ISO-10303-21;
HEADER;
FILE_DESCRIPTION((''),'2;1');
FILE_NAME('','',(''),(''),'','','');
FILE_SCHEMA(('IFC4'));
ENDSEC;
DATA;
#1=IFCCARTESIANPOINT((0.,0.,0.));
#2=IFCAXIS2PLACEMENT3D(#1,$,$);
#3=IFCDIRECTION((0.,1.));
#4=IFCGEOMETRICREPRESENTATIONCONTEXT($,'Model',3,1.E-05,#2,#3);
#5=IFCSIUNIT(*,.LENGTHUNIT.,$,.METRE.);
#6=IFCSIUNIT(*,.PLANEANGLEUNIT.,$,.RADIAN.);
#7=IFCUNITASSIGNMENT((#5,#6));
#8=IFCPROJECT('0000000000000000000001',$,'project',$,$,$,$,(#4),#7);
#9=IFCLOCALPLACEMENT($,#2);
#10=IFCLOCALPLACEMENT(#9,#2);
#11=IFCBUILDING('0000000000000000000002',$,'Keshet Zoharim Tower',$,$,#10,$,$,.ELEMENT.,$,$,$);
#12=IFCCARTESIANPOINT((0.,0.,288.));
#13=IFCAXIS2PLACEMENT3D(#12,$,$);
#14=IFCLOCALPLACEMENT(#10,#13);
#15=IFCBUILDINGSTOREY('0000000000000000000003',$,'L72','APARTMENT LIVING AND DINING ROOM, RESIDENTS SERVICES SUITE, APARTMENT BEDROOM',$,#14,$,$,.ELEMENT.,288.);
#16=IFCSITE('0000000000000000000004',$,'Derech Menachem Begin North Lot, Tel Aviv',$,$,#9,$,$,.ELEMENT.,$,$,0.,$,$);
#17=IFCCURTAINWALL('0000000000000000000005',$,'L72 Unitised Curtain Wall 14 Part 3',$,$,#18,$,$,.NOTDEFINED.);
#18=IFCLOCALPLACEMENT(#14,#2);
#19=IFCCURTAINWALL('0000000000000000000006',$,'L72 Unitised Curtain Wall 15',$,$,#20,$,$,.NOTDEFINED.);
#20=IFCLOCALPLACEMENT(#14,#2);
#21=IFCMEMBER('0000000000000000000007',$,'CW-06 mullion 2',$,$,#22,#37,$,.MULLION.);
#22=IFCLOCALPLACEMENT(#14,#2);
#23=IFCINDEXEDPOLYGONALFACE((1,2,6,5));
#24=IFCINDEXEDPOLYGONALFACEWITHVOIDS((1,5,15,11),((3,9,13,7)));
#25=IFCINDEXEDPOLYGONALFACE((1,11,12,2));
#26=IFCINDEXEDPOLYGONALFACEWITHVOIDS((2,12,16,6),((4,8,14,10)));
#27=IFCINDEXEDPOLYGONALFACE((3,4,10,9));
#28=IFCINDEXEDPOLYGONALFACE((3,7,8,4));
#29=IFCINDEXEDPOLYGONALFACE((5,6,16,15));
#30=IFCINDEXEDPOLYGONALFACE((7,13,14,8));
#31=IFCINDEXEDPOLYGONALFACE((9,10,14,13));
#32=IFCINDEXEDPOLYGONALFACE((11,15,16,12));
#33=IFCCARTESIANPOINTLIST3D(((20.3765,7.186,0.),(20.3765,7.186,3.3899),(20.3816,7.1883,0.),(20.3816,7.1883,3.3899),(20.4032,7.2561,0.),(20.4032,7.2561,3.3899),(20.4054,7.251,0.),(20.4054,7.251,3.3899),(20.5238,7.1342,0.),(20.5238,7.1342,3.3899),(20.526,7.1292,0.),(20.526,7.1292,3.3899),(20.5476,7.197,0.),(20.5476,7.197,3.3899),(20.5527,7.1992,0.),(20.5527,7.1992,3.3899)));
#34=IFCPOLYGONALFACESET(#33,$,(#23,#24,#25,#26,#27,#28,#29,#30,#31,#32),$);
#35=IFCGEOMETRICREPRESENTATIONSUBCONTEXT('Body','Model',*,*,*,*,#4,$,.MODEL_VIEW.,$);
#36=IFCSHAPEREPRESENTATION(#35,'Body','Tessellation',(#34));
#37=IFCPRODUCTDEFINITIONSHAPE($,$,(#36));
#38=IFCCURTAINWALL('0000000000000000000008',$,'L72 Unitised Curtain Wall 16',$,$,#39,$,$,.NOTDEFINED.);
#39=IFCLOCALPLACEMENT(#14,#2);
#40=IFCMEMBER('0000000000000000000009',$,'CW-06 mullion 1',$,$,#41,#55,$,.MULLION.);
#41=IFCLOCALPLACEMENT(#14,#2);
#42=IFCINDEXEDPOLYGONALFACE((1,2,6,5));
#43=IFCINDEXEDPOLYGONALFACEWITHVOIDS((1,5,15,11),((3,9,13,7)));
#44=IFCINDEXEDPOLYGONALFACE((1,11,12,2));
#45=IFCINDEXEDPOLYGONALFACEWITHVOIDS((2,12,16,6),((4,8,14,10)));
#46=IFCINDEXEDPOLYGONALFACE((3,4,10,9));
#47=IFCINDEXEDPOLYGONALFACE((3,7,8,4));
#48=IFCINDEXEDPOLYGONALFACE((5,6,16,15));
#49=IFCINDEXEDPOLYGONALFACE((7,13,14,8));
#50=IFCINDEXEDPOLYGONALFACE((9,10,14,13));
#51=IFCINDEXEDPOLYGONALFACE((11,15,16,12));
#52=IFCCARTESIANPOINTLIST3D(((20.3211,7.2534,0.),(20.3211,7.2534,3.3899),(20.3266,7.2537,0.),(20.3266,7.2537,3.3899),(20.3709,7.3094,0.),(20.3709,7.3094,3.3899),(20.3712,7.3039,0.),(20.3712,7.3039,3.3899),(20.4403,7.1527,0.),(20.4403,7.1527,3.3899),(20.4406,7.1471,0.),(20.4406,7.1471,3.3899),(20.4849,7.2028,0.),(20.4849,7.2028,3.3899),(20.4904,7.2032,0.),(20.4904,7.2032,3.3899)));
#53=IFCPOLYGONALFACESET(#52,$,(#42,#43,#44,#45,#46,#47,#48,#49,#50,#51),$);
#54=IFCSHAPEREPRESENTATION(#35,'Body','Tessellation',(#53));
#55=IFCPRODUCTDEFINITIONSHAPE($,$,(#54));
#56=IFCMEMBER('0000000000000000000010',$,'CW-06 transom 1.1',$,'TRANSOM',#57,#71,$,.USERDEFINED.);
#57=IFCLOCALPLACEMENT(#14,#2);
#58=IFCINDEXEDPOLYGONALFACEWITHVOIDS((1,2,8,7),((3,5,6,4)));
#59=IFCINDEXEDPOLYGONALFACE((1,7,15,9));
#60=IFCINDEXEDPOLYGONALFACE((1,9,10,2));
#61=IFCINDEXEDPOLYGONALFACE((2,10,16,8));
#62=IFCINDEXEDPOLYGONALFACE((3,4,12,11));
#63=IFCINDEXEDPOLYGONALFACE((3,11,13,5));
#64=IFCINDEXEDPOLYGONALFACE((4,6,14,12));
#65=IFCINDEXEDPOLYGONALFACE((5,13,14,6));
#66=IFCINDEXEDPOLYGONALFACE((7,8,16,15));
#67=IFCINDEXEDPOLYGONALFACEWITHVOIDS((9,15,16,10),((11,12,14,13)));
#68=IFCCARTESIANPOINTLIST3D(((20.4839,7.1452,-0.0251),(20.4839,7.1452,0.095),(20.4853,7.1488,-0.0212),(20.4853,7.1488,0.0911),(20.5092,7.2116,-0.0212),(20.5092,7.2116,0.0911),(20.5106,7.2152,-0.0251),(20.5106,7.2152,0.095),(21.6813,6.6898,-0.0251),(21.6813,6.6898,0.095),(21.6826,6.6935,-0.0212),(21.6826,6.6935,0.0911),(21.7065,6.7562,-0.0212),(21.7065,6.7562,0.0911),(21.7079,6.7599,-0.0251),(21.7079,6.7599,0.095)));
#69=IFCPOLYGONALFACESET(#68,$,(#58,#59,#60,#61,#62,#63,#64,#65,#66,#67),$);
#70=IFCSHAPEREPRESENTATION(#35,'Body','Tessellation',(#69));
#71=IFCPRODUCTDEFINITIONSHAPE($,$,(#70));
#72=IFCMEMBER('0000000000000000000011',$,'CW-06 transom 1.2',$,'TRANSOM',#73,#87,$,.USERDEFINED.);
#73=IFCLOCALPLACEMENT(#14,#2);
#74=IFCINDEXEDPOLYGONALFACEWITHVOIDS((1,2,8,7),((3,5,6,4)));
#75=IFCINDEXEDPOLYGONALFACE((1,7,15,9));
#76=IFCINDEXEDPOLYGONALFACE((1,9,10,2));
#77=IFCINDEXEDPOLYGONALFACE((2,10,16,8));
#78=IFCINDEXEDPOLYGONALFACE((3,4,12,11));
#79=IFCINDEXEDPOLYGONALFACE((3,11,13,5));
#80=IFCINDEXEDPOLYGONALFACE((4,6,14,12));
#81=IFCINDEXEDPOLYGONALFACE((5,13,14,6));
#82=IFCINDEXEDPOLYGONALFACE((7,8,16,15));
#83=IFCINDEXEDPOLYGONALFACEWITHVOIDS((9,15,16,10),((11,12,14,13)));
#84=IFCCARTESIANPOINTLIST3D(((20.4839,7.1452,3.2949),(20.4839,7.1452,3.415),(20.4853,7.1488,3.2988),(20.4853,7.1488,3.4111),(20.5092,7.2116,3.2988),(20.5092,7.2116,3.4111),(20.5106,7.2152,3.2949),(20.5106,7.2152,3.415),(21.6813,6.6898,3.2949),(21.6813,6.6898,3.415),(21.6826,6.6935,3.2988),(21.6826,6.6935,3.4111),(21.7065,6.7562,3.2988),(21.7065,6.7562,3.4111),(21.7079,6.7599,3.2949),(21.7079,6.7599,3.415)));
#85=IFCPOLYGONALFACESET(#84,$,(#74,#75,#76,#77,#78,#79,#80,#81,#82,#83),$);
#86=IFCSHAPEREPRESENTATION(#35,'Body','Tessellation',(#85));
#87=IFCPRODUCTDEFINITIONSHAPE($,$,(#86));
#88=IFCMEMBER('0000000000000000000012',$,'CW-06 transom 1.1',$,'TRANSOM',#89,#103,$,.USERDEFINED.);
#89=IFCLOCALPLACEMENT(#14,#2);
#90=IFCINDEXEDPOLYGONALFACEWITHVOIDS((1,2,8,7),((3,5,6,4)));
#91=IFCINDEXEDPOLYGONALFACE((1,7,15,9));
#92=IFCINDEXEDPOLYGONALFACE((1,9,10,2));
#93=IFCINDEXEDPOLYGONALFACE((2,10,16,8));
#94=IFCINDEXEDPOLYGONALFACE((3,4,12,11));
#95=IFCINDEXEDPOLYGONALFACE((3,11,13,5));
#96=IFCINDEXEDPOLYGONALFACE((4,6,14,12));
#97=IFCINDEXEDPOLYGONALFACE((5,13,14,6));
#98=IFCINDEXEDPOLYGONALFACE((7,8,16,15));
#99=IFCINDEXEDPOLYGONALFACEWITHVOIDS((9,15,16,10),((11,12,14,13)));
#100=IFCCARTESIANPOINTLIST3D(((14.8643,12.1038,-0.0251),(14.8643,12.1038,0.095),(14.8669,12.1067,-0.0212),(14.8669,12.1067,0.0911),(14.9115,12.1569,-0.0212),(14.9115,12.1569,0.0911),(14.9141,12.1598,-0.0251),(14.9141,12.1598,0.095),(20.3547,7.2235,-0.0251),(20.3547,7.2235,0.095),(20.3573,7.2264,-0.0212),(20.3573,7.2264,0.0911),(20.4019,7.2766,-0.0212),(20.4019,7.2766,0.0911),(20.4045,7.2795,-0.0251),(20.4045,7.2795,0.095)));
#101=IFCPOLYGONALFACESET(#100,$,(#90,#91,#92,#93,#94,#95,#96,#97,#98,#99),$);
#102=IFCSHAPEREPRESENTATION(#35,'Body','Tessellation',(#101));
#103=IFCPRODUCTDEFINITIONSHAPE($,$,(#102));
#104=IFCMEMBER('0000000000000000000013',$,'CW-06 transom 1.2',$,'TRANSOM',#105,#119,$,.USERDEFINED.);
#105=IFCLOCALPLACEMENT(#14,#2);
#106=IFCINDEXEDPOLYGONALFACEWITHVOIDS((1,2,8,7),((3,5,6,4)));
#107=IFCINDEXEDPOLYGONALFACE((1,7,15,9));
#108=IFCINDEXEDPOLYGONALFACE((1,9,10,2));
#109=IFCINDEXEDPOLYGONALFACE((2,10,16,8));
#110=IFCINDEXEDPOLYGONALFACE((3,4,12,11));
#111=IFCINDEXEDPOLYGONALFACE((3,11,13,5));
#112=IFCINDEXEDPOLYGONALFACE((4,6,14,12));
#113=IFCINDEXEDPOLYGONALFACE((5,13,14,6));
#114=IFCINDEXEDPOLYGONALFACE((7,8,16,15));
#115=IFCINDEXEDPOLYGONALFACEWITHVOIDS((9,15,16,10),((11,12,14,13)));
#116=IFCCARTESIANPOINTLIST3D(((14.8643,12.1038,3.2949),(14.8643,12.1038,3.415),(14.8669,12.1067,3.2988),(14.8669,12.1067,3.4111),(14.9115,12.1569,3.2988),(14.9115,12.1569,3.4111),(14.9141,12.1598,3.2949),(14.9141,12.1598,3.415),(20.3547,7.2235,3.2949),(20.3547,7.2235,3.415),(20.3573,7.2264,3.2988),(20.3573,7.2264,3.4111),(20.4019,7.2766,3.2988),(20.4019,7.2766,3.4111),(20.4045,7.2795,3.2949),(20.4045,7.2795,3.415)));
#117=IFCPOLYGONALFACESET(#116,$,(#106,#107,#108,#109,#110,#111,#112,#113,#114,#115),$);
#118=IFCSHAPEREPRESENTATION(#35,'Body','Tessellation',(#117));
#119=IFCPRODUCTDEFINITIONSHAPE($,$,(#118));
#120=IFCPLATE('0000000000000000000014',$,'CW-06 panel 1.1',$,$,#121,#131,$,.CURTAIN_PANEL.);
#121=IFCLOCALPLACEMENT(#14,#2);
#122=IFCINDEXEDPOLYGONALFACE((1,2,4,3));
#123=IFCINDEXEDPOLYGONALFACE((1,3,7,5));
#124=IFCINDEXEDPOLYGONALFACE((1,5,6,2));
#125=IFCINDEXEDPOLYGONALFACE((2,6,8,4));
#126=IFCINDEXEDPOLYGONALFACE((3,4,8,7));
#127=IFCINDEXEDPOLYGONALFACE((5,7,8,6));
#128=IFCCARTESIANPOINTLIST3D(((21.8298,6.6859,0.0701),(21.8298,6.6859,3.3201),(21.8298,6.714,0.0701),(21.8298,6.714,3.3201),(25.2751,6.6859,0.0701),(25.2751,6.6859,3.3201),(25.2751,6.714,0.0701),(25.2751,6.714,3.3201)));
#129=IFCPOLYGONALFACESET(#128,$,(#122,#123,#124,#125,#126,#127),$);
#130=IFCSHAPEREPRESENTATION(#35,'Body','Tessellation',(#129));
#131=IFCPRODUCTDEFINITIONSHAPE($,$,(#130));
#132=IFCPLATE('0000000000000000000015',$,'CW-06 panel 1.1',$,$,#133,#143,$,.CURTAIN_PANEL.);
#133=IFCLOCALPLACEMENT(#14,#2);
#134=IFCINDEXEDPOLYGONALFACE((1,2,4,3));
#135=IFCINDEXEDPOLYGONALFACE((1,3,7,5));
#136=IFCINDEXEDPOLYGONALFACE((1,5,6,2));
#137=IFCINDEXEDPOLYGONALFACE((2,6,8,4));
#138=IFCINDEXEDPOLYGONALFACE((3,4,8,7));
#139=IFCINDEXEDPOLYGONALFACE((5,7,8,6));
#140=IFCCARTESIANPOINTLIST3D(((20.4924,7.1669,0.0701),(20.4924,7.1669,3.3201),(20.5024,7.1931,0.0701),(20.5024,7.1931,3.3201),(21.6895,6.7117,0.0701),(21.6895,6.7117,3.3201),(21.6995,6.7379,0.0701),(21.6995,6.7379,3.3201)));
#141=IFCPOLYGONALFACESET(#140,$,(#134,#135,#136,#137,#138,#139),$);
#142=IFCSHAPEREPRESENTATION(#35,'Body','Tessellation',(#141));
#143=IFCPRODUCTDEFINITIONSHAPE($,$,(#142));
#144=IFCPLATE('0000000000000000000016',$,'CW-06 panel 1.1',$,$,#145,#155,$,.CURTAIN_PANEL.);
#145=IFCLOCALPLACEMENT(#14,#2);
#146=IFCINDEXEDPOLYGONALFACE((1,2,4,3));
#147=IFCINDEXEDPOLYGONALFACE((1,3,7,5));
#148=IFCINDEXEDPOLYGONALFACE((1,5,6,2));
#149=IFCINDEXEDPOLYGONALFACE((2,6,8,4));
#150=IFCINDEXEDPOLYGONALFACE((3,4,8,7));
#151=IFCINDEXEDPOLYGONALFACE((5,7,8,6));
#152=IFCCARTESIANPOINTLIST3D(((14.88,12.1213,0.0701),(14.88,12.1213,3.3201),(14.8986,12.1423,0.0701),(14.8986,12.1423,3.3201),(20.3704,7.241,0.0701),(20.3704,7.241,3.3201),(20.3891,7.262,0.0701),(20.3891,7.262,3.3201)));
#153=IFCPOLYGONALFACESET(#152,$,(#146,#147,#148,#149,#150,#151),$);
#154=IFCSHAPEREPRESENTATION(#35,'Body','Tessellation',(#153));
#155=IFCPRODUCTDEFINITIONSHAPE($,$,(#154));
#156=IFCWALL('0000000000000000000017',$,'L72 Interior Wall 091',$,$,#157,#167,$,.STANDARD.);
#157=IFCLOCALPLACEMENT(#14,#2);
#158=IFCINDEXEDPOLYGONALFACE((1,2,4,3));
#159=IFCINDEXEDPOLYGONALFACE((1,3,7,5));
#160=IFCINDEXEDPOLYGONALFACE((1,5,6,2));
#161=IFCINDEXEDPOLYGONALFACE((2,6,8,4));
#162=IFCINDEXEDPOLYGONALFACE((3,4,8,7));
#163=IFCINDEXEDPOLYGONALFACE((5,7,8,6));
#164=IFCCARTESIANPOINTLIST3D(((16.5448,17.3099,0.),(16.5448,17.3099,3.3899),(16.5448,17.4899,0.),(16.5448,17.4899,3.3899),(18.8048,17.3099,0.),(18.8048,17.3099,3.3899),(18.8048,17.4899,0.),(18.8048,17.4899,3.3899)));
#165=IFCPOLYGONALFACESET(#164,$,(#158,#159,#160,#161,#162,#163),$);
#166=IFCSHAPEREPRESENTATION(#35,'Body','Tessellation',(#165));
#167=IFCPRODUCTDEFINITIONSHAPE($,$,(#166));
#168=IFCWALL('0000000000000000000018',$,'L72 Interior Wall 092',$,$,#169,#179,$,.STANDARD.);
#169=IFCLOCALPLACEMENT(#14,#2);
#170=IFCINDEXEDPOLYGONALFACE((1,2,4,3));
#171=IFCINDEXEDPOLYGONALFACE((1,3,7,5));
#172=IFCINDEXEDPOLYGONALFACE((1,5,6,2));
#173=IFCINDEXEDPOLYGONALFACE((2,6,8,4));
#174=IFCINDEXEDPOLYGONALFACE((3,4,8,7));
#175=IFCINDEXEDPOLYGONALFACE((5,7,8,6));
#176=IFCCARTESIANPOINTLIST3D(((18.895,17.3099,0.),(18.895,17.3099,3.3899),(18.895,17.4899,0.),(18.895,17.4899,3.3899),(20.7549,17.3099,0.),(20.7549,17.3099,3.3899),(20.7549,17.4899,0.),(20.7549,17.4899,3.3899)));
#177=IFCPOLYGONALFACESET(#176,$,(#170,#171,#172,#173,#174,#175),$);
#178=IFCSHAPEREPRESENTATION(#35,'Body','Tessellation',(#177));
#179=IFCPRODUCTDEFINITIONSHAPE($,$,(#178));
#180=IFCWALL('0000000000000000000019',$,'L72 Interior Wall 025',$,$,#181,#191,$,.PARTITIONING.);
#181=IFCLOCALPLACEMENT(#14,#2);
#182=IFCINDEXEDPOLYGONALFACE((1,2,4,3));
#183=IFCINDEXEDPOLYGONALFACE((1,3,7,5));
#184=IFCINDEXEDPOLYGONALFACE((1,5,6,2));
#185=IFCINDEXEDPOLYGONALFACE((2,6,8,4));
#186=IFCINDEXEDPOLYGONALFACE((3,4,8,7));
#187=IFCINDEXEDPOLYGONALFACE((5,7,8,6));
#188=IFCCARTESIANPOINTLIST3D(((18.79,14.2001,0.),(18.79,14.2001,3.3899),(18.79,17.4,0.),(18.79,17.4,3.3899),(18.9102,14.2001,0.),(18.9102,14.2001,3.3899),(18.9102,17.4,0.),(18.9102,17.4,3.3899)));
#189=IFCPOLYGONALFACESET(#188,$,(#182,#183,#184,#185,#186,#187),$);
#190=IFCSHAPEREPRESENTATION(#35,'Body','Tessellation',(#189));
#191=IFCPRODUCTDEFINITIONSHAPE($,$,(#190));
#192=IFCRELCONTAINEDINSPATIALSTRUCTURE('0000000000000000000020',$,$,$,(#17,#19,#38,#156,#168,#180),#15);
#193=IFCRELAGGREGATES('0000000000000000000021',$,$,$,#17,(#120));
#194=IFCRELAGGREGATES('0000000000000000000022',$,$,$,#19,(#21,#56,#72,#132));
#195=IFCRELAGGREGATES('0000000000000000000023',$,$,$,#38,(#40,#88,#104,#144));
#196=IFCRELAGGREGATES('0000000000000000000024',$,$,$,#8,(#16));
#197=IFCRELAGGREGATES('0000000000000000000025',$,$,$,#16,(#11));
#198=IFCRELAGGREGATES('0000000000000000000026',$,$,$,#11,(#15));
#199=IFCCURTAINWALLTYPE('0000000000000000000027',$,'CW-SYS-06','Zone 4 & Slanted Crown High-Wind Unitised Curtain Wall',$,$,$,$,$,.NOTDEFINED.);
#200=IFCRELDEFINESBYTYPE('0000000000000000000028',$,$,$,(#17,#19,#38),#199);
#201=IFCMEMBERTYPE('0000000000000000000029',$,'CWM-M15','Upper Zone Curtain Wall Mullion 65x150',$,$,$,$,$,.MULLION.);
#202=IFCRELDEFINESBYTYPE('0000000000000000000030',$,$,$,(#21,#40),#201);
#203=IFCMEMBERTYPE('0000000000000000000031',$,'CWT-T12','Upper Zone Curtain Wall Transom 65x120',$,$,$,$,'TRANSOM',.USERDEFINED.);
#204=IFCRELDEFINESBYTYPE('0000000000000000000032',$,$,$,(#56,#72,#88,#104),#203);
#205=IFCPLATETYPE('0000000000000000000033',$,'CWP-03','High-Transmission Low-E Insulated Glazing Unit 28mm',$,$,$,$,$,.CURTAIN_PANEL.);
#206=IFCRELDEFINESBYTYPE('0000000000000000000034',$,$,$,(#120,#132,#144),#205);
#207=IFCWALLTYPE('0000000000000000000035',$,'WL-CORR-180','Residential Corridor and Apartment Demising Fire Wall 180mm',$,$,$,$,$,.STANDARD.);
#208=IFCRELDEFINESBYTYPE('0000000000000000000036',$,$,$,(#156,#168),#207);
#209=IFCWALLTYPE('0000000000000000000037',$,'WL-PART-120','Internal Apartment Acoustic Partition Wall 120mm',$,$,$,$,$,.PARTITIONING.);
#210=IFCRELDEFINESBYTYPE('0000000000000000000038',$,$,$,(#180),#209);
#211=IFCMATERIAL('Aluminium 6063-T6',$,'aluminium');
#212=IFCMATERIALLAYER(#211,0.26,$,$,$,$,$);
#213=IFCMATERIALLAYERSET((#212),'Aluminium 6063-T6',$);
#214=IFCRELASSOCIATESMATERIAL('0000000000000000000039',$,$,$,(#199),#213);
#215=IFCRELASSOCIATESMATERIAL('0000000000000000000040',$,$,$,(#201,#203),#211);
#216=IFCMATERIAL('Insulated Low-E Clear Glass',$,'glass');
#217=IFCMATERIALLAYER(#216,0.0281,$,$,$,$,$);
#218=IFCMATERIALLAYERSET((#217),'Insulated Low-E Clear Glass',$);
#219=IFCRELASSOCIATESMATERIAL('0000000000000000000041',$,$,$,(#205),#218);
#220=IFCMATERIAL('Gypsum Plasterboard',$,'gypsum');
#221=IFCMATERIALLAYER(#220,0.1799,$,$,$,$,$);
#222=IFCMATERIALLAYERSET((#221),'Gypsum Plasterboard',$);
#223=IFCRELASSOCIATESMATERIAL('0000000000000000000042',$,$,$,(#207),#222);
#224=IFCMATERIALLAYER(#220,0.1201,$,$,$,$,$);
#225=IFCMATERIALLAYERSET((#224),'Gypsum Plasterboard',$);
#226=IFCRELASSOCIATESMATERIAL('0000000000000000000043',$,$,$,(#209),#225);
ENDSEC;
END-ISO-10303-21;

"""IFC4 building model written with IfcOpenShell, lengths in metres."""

from ifc_helpers import new_model, si_unit, direction, frame, frame_2d, origin, origin_2d, place, context, subcontext, project, spatial, rectangle, hollow_rectangle, extrude, material, layer, layer_set, material_profile, profile_set, type_object, element, aggregate, save


model = new_model("IFC4")

# Units and contexts
model_context = context("Model", 3, precision=1e-05, world=origin(), true_north=direction((0.0, 1.0)))
body_context = subcontext(model_context, "Body", "Model", "MODEL_VIEW")
ifc_project = project(units=[si_unit("LENGTHUNIT", "METRE"), si_unit("PLANEANGLEUNIT", "RADIAN")], contexts=[model_context])

# Site, building, storey
site_placement = place(None, origin())
site = spatial("IfcSite", under=ifc_project, at=site_placement, Name="Derech Menachem Begin North Lot, Tel Aviv", CompositionType="ELEMENT", RefElevation=0.0)
building_placement = place(site_placement, origin())
building = spatial("IfcBuilding", under=site, at=building_placement, Name="Keshet Zoharim Tower", CompositionType="ELEMENT")
storey_placement = place(building_placement, frame((0.0, 0.0, 288.0)))
storey = spatial("IfcBuildingStorey", under=building, at=storey_placement, Name="L72", Description="APARTMENT LIVING AND DINING ROOM, RESIDENTS SERVICES SUITE, APARTMENT BEDROOM", CompositionType="ELEMENT", Elevation=288.0)

# Curtain wall
ifc_material_1 = material(Name="Aluminium 6063-T6", Category="aluminium")
ifc_layer_1 = layer(ifc_material_1, 0.26)
ifc_layer_set_1 = layer_set([ifc_layer_1], Name="Aluminium 6063-T6")
curtain_wall_type = type_object("IfcCurtainWallType", Name="CW-SYS-06", Description="Zone 4 & Slanted Crown High-Wind Unitised Curtain Wall", PredefinedType="NOTDEFINED", material=ifc_layer_set_1)
curtain_wall_1_placement = place(storey_placement, origin())
curtain_wall_1 = element("IfcCurtainWall", 1, at=curtain_wall_1_placement, inside=storey, type_object=curtain_wall_type, Name="L72 Unitised Curtain Wall 14 Part 3", PredefinedType="NOTDEFINED")
ifc_material_profile_1 = material_profile(ifc_material_1, hollow_rectangle(XDim=0.075, YDim=0.1599, WallThickness=0.0039, at=origin_2d()), Name="MUL-75x160")
ifc_profile_set_1 = profile_set([ifc_material_profile_1], Name="Aluminium 6063-T6")
member_type_1 = type_object("IfcMemberType", Name="CWM-M15", Description="Upper Zone Curtain Wall Mullion 65x150", PredefinedType="MULLION", material=ifc_profile_set_1)

# Curtain wall, member
curtain_wall_2_placement = place(storey_placement, origin())
curtain_wall_2 = element("IfcCurtainWall", 2, at=curtain_wall_2_placement, inside=storey, type_object=curtain_wall_type, Name="L72 Unitised Curtain Wall 15", PredefinedType="NOTDEFINED")
member_1_placement = place(storey_placement, frame((20.4646, 7.1926, 0.0), z_axis=(0.0, 0.0, 1.0), x_axis=(-0.355439, -0.934699, 0.0)))
member_1 = element("IfcMember", 3, at=member_1_placement, type_object=member_type_1, Name="CW-06 mullion 2", PredefinedType="MULLION", context=body_context, shape_type="SweptSolid", body=[
    extrude(hollow_rectangle(XDim=0.075, YDim=0.1599, WallThickness=0.0039, at=origin_2d()), origin(), (0.0, 0.0, 1.0), 3.3899),
])

# Curtain wall, member
curtain_wall_3_placement = place(storey_placement, origin())
curtain_wall_3 = element("IfcCurtainWall", 4, at=curtain_wall_3_placement, inside=storey, type_object=curtain_wall_type, Name="L72 Unitised Curtain Wall 16", PredefinedType="NOTDEFINED")
member_2_placement = place(storey_placement, frame((20.4058, 7.2283, 0.0), z_axis=(0.0, 0.0, 1.0), x_axis=(-0.664362, -0.747411, 0.0)))
member_2 = element("IfcMember", 5, at=member_2_placement, type_object=member_type_1, Name="CW-06 mullion 1", PredefinedType="MULLION", context=body_context, shape_type="SweptSolid", body=[
    extrude(hollow_rectangle(XDim=0.075, YDim=0.1599, WallThickness=0.0039, at=origin_2d()), origin(), (0.0, 0.0, 1.0), 3.3899),
])

# Members
ifc_material_profile_2 = material_profile(ifc_material_1, hollow_rectangle(XDim=0.075, YDim=0.1201, WallThickness=0.0039, at=origin_2d()), Name="TRN-75x120")
ifc_profile_set_2 = profile_set([ifc_material_profile_2], Name="Aluminium 6063-T6")
member_type_2 = type_object("IfcMemberType", Name="CWT-T12", Description="Upper Zone Curtain Wall Transom 65x120", ElementType="TRANSOM", PredefinedType="USERDEFINED", material=ifc_profile_set_2)
member_3_placement = place(storey_placement, frame((21.6946, 6.7249, 0.0349), z_axis=(-0.93469, 0.355464, 0.0), x_axis=(-0.355464, -0.93469, 0.0)))
member_3 = element("IfcMember", 6, at=member_3_placement, type_object=member_type_2, Name="CW-06 transom 1.1", ObjectType="TRANSOM", PredefinedType="USERDEFINED", context=body_context, shape_type="SweptSolid", body=[
    extrude(hollow_rectangle(XDim=0.075, YDim=0.1201, WallThickness=0.0039, at=origin_2d()), origin(), (0.0, 0.0, 1.0), 1.281),
])
member_4_placement = place(storey_placement, frame((21.6946, 6.7249, 3.355), z_axis=(-0.93469, 0.355464, 0.0), x_axis=(-0.355464, -0.93469, 0.0)))
member_4 = element("IfcMember", 7, at=member_4_placement, type_object=member_type_2, Name="CW-06 transom 1.2", ObjectType="TRANSOM", PredefinedType="USERDEFINED", context=body_context, shape_type="SweptSolid", body=[
    extrude(hollow_rectangle(XDim=0.075, YDim=0.1201, WallThickness=0.0039, at=origin_2d()), origin(), (0.0, 0.0, 1.0), 1.281),
])
member_5_placement = place(storey_placement, frame((20.3796, 7.2515, 0.0349), z_axis=(-0.747413, 0.66436, 0.0), x_axis=(-0.66436, -0.747413, 0.0)))
member_5 = element("IfcMember", 8, at=member_5_placement, type_object=member_type_2, Name="CW-06 transom 1.1", ObjectType="TRANSOM", PredefinedType="USERDEFINED", context=body_context, shape_type="SweptSolid", body=[
    extrude(hollow_rectangle(XDim=0.075, YDim=0.1201, WallThickness=0.0039, at=origin_2d()), origin(), (0.0, 0.0, 1.0), 7.3459),
])
member_6_placement = place(storey_placement, frame((20.3796, 7.2515, 3.355), z_axis=(-0.747413, 0.66436, 0.0), x_axis=(-0.66436, -0.747413, 0.0)))
member_6 = element("IfcMember", 9, at=member_6_placement, type_object=member_type_2, Name="CW-06 transom 1.2", ObjectType="TRANSOM", PredefinedType="USERDEFINED", context=body_context, shape_type="SweptSolid", body=[
    extrude(hollow_rectangle(XDim=0.075, YDim=0.1201, WallThickness=0.0039, at=origin_2d()), origin(), (0.0, 0.0, 1.0), 7.3459),
])

# Plates
ifc_material_2 = material(Name="Insulated Low-E Clear Glass", Category="glass")
ifc_layer_2 = layer(ifc_material_2, 0.0281)
ifc_layer_set_2 = layer_set([ifc_layer_2], Name="Insulated Low-E Clear Glass")
plate_type = type_object("IfcPlateType", Name="CWP-03", Description="High-Transmission Low-E Insulated Glazing Unit 28mm", PredefinedType="CURTAIN_PANEL", material=ifc_layer_set_2)
plate_1_placement = place(storey_placement, frame((23.5525, 6.7, 0.0701), z_axis=(0.0, 0.0, 1.0), x_axis=(-1.0, 0.0, 0.0)))
plate_1 = element("IfcPlate", 10, at=plate_1_placement, type_object=plate_type, Name="CW-06 panel 1.1", PredefinedType="CURTAIN_PANEL", context=body_context, shape_type="SweptSolid", body=[
    extrude(rectangle(XDim=3.4453, YDim=0.0281, at=origin_2d()), origin(), (0.0, 0.0, 1.0), 3.25),
])
aggregate(curtain_wall_1, [plate_1])
plate_2_placement = place(storey_placement, frame((21.0959, 6.9524, 0.0701), z_axis=(0.0, 0.0, 1.0), x_axis=(-0.934699, 0.355439, 0.0)))
plate_2 = element("IfcPlate", 11, at=plate_2_placement, type_object=plate_type, Name="CW-06 panel 1.1", PredefinedType="CURTAIN_PANEL", context=body_context, shape_type="SweptSolid", body=[
    extrude(rectangle(XDim=1.2808, YDim=0.0281, at=origin_2d()), origin(), (0.0, 0.0, 1.0), 3.25),
])
aggregate(curtain_wall_2, [member_1, member_3, member_4, plate_2])
plate_3_placement = place(storey_placement, frame((17.6345, 9.6917, 0.0701), z_axis=(0.0, 0.0, 1.0), x_axis=(-0.747411, 0.664362, 0.0)))
plate_3 = element("IfcPlate", 12, at=plate_3_placement, type_object=plate_type, Name="CW-06 panel 1.1", PredefinedType="CURTAIN_PANEL", context=body_context, shape_type="SweptSolid", body=[
    extrude(rectangle(XDim=7.3459, YDim=0.0281, at=origin_2d()), origin(), (0.0, 0.0, 1.0), 3.25),
])
aggregate(curtain_wall_3, [member_2, member_5, member_6, plate_3])

# Shared definitions
ifc_material_3 = material(Name="Gypsum Plasterboard", Category="gypsum")

# Walls
ifc_layer_3 = layer(ifc_material_3, 0.1799)
ifc_layer_set_3 = layer_set([ifc_layer_3], Name="Gypsum Plasterboard")
wall_type_1 = type_object("IfcWallType", Name="WL-CORR-180", Description="Residential Corridor and Apartment Demising Fire Wall 180mm", PredefinedType="STANDARD", material=ifc_layer_set_3)
wall_1_placement = place(storey_placement, frame((16.5449, 17.3999, 0.0), z_axis=(0.0, 0.0, 1.0), x_axis=(1.0, 0.0, 0.0)))
element("IfcWall", 13, at=wall_1_placement, inside=storey, type_object=wall_type_1, Name="L72 Interior Wall 091", PredefinedType="STANDARD", context=body_context, shape_type="SweptSolid", body=[
    extrude(rectangle(XDim=2.26, YDim=0.1799, at=frame_2d((1.1299, 0.0))), origin(), (0.0, 0.0, 1.0), 3.3899),
])
wall_2_placement = place(storey_placement, frame((18.895, 17.3999, 0.0), z_axis=(0.0, 0.0, 1.0), x_axis=(1.0, 0.0, 0.0)))
element("IfcWall", 14, at=wall_2_placement, inside=storey, type_object=wall_type_1, Name="L72 Interior Wall 092", PredefinedType="STANDARD", context=body_context, shape_type="SweptSolid", body=[
    extrude(rectangle(XDim=1.8599, YDim=0.1799, at=frame_2d((0.9299, 0.0))), origin(), (0.0, 0.0, 1.0), 3.3899),
])

# Shared definitions
ifc_layer_4 = layer(ifc_material_3, 0.1201)
ifc_layer_set_4 = layer_set([ifc_layer_4], Name="Gypsum Plasterboard")
wall_type_2 = type_object("IfcWallType", Name="WL-PART-120", Description="Internal Apartment Acoustic Partition Wall 120mm", PredefinedType="PARTITIONING", material=ifc_layer_set_4)

# Wall
wall_3_placement = place(storey_placement, frame((18.8501, 14.2, 0.0), z_axis=(0.0, 0.0, 1.0), x_axis=(0.0, 1.0, 0.0)))
element("IfcWall", 15, at=wall_3_placement, inside=storey, type_object=wall_type_2, Name="L72 Interior Wall 025", PredefinedType="PARTITIONING", context=body_context, shape_type="SweptSolid", body=[
    extrude(rectangle(XDim=3.2, YDim=0.1201, at=frame_2d((1.6001, 0.0))), origin(), (0.0, 0.0, 1.0), 3.3899),
])

save(model, "model.ifc")
